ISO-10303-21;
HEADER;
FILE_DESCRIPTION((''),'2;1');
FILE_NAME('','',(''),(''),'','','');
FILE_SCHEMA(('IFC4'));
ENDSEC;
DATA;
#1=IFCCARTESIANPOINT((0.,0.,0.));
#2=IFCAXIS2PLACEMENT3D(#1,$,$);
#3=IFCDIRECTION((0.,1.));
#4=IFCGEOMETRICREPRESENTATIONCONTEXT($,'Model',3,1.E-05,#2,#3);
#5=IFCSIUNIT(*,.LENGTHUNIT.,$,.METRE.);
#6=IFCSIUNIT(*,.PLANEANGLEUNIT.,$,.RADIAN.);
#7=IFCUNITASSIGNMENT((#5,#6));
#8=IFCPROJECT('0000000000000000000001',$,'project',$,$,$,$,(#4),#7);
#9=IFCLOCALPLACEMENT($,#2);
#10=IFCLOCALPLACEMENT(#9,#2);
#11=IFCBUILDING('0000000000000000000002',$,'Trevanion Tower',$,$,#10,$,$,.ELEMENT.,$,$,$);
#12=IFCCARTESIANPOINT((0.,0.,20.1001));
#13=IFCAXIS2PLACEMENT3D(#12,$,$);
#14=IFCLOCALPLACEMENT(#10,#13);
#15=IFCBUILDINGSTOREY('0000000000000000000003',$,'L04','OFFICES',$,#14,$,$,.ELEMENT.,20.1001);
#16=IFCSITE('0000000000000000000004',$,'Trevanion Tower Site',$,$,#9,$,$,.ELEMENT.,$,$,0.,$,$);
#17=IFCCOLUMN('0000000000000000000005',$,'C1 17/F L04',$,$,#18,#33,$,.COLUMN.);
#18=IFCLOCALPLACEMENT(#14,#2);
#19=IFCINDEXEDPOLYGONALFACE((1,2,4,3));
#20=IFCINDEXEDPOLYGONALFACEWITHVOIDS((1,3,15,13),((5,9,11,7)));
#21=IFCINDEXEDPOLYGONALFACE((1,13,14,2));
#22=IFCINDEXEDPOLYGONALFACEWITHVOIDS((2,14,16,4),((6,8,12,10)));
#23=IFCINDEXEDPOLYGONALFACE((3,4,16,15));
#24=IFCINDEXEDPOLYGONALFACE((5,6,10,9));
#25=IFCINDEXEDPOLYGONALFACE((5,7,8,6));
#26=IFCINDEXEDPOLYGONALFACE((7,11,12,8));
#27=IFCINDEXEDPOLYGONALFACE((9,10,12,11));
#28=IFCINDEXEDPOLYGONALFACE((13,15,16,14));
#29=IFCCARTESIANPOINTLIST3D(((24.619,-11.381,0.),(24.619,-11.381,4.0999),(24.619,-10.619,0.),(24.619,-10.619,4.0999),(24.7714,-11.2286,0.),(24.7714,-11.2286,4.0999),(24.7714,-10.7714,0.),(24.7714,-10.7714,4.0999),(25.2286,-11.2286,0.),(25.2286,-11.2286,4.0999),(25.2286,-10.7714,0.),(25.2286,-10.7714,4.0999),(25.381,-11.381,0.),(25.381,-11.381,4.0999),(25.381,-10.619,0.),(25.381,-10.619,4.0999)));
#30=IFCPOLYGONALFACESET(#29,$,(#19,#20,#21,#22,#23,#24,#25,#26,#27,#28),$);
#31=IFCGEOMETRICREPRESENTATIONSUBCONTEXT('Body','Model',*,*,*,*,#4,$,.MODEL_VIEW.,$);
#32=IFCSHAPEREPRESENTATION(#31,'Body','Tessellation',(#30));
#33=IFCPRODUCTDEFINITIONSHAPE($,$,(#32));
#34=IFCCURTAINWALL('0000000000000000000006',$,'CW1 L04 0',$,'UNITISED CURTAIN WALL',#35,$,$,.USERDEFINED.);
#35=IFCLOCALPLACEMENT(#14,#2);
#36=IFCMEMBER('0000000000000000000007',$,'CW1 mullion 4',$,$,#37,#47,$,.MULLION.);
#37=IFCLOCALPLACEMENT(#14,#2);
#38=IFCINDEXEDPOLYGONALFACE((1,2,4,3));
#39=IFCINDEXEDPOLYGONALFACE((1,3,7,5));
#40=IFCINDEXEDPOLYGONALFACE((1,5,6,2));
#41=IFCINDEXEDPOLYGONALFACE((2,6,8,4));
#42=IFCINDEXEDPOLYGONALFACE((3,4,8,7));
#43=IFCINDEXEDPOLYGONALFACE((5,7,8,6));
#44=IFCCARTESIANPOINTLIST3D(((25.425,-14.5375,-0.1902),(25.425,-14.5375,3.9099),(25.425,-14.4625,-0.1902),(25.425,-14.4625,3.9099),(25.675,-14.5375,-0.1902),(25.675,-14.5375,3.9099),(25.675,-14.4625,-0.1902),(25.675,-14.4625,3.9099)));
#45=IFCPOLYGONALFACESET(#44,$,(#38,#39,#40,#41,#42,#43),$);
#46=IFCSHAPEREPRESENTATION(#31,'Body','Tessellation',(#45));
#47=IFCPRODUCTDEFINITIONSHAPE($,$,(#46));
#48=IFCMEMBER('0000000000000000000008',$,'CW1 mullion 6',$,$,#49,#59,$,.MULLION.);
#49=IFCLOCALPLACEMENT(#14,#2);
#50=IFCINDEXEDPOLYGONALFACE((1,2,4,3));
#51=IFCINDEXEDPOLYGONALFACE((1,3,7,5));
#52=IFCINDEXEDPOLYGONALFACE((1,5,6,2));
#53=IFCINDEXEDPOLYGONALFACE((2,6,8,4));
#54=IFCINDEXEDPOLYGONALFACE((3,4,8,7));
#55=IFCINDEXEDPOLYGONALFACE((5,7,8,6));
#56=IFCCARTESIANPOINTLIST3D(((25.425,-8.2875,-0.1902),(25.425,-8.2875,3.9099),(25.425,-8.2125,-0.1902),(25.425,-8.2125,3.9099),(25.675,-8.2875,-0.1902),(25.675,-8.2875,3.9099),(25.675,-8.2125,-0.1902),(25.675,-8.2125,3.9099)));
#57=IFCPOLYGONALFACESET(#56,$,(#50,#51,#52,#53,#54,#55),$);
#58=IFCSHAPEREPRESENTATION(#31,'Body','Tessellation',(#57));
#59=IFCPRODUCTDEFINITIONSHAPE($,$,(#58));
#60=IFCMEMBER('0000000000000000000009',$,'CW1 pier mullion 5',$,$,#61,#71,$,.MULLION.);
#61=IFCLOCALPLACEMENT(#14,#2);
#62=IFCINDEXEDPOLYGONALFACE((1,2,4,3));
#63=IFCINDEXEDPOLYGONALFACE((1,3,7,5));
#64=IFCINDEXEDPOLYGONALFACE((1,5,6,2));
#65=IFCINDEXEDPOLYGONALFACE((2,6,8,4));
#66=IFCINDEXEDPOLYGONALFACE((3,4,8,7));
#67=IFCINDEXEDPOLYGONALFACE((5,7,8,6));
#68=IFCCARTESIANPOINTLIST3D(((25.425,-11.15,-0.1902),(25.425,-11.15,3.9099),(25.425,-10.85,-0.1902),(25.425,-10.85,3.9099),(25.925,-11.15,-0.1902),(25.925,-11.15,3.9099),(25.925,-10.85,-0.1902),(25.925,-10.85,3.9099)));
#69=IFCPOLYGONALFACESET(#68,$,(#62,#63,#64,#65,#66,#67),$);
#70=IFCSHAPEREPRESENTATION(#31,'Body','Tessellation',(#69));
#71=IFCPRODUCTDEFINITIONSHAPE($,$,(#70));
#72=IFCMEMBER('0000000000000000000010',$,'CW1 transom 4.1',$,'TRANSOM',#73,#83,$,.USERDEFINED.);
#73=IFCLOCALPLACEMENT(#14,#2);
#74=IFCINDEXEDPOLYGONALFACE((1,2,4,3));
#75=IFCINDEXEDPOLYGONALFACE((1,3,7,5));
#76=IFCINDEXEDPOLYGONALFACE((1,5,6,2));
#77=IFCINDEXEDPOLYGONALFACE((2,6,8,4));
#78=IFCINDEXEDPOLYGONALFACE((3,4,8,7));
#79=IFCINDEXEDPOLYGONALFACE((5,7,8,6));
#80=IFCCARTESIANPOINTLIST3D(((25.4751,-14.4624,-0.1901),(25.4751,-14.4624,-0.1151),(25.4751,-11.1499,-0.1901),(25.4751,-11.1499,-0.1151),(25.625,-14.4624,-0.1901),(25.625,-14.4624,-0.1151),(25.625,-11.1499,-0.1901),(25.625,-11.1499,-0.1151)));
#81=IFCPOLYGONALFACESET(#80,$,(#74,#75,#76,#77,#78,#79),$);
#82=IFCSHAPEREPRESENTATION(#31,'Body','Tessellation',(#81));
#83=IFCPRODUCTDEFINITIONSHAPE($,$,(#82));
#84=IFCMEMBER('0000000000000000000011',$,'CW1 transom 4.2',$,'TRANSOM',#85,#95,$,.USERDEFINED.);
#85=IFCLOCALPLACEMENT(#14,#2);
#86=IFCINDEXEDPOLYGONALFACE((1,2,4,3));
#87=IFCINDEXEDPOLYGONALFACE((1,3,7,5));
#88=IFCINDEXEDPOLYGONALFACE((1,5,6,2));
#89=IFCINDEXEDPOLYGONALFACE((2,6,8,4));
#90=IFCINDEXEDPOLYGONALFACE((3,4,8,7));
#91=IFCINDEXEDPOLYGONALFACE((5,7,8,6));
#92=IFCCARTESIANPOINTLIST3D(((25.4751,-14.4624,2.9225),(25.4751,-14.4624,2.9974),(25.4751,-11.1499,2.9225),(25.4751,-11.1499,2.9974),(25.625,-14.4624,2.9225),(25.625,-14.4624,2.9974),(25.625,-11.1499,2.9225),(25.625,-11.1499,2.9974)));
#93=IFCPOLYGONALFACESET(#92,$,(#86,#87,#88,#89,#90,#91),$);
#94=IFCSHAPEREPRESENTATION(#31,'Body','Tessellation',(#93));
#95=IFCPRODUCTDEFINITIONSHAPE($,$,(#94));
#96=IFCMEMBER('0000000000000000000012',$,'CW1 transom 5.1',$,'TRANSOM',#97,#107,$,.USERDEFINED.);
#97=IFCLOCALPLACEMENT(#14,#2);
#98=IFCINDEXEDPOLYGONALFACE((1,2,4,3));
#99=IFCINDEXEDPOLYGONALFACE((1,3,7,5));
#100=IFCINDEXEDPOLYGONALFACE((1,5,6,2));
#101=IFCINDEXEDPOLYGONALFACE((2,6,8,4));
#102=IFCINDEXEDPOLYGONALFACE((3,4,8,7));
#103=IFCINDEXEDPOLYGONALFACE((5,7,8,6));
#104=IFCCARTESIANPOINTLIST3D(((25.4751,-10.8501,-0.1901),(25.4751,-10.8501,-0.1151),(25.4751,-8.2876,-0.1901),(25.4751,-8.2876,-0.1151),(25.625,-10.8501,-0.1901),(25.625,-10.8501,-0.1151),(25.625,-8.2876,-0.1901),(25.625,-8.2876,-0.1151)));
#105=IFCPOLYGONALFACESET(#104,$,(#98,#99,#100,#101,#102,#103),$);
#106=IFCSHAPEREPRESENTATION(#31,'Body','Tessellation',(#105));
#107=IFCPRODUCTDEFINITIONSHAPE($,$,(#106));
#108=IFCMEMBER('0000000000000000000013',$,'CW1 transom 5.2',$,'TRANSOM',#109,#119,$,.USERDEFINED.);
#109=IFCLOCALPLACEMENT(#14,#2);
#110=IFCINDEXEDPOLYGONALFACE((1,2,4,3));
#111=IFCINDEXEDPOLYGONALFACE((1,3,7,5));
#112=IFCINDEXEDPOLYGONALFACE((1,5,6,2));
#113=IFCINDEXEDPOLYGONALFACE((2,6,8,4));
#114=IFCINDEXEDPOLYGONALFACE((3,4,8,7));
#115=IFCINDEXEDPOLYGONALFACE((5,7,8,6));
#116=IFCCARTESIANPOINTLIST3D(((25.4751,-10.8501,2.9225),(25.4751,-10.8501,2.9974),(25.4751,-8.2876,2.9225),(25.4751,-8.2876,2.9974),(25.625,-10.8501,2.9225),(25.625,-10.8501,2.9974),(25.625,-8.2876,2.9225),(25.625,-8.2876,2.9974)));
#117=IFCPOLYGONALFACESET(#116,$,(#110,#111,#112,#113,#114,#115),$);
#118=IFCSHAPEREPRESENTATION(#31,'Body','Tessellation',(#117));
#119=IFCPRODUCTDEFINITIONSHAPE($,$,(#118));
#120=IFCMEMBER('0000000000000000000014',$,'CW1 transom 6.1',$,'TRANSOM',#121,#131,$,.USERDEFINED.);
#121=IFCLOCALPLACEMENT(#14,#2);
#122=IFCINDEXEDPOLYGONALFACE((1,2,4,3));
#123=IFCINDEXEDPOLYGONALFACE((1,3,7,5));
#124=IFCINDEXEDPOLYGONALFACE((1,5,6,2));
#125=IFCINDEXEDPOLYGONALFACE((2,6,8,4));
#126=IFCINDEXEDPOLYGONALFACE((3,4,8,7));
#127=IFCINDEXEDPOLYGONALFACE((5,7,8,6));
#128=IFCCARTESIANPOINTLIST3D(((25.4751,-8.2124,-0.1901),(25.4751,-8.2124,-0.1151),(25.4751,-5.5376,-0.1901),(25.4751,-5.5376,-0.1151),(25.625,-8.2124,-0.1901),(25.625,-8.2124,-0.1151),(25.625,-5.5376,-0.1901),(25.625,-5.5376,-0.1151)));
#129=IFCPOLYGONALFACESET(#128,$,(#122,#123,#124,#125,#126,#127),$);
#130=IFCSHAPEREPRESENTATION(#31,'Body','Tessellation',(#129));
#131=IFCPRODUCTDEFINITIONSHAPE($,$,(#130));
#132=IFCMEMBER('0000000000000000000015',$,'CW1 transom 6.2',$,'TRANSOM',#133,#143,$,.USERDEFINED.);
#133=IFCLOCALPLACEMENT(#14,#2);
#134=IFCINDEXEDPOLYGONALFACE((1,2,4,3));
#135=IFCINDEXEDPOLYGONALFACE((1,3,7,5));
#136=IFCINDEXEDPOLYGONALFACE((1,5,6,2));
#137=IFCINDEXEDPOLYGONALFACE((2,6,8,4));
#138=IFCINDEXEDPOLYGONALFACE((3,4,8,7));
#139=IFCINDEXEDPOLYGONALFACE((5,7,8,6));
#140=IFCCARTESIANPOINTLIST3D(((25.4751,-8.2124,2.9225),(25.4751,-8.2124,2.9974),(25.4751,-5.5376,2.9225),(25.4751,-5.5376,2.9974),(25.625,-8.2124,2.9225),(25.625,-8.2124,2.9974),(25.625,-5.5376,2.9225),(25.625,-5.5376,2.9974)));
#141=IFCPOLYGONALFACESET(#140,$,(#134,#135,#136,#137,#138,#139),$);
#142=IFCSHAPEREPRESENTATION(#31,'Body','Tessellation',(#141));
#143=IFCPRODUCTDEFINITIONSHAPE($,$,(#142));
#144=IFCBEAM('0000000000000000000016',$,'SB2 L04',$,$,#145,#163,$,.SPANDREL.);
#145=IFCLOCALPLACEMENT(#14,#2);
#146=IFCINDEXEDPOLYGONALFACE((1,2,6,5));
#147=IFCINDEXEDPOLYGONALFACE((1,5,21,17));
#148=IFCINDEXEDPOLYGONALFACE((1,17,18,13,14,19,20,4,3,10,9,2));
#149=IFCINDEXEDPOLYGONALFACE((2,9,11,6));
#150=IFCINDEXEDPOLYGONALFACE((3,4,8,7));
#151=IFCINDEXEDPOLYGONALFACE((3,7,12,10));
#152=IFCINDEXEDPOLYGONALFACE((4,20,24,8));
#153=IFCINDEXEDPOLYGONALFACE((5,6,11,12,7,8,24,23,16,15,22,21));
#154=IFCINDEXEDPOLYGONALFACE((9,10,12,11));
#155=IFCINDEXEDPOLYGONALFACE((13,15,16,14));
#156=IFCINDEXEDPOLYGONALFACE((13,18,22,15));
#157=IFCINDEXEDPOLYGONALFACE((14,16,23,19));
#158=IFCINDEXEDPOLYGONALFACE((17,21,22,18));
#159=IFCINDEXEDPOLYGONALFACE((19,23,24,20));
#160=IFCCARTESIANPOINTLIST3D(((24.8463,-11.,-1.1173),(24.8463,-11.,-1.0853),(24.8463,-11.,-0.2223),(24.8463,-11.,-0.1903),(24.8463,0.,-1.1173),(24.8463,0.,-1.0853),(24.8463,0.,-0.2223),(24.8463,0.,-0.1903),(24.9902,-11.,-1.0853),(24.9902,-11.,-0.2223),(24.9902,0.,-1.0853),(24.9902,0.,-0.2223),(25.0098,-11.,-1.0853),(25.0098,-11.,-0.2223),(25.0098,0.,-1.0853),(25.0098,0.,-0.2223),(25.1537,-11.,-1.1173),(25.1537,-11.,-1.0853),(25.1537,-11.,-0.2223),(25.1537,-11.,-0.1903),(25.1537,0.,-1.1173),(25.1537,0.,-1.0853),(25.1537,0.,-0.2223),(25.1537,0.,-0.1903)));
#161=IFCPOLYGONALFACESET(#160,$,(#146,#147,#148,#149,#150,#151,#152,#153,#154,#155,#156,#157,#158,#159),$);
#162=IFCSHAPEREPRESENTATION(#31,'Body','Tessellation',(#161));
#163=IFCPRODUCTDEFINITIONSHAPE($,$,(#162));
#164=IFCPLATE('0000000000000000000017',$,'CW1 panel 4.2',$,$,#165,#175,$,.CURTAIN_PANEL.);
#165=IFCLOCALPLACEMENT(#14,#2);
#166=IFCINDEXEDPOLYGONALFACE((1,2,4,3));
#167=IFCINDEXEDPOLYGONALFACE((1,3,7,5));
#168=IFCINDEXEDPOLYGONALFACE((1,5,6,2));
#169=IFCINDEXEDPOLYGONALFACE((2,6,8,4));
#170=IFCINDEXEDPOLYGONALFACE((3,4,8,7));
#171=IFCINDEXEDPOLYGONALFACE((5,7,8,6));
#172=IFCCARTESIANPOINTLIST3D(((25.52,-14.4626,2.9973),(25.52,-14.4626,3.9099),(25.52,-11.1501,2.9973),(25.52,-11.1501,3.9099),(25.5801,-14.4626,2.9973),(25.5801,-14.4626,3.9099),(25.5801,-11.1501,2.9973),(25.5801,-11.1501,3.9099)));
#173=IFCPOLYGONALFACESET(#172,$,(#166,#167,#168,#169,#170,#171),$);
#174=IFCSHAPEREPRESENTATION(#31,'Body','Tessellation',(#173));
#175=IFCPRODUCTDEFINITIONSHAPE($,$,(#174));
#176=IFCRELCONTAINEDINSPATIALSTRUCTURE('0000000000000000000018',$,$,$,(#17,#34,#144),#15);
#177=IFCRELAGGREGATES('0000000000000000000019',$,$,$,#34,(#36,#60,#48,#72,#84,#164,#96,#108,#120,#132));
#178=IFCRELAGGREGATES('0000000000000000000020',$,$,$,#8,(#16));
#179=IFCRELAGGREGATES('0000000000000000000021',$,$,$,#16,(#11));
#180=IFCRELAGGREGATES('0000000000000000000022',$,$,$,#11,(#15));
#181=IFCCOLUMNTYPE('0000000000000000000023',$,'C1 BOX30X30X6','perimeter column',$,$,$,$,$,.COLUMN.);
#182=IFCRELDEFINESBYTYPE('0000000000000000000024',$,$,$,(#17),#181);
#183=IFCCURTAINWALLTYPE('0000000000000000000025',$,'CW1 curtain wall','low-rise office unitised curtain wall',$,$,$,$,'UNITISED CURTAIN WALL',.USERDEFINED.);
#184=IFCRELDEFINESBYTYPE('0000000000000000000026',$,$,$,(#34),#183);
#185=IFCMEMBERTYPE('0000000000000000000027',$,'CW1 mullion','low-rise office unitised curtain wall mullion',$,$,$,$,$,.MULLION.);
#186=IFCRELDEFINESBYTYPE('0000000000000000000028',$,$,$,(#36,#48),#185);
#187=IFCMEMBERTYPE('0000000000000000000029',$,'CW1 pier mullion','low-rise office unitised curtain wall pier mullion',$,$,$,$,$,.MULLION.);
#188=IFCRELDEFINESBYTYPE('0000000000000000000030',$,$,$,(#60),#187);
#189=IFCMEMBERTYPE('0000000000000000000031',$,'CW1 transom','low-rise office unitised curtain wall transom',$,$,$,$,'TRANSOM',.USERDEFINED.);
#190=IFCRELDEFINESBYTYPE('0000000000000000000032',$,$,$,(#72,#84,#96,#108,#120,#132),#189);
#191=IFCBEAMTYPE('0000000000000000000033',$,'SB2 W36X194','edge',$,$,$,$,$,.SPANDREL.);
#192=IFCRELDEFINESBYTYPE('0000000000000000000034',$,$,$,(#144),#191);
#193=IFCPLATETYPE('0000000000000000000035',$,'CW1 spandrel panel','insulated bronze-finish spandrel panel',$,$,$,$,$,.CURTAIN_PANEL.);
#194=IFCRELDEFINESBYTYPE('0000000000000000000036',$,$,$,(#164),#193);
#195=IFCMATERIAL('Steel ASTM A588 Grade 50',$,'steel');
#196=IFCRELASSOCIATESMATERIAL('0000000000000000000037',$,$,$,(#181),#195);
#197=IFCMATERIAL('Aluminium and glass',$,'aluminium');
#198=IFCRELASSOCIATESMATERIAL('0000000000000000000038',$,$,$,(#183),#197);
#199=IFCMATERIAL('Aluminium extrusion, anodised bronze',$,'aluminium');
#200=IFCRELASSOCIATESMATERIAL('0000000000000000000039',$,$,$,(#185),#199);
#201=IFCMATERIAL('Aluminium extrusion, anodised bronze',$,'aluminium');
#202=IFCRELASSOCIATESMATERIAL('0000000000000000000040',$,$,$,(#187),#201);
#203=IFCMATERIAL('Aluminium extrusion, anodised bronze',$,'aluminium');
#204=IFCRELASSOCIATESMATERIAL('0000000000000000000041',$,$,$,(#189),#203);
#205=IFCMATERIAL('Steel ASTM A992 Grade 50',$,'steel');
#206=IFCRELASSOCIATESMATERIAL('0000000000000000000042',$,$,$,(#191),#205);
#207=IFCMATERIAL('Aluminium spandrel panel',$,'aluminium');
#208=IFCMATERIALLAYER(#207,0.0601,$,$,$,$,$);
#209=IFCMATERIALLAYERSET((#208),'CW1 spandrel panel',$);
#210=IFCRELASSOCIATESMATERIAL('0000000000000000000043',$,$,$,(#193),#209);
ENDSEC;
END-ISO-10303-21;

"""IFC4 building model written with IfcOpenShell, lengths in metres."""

from ifc_helpers import new_model, si_unit, direction, frame, origin, origin_2d, place, context, subcontext, project, spatial, rectangle, hollow_rectangle, i_section, extrude, material, layer, layer_set, material_profile, profile_set, type_object, element, aggregate, save


model = new_model("IFC4")

# Units and contexts
model_context = context("Model", 3, precision=1e-05, world=origin(), true_north=direction((0.0, 1.0)))
body_context = subcontext(model_context, "Body", "Model", "MODEL_VIEW")
ifc_project = project(units=[si_unit("LENGTHUNIT", "METRE"), si_unit("PLANEANGLEUNIT", "RADIAN")], contexts=[model_context])

# Site, building, storey
site_placement = place(None, origin())
site = spatial("IfcSite", under=ifc_project, at=site_placement, Name="Trevanion Tower Site", CompositionType="ELEMENT", RefElevation=0.0)
building_placement = place(site_placement, origin())
building = spatial("IfcBuilding", under=site, at=building_placement, Name="Trevanion Tower", CompositionType="ELEMENT")
storey_placement = place(building_placement, frame((0.0, 0.0, 20.1001)))
storey = spatial("IfcBuildingStorey", under=building, at=storey_placement, Name="L04", Description="OFFICES", CompositionType="ELEMENT", Elevation=20.1001)

# Column
ifc_material_1 = material(Name="Steel ASTM A588 Grade 50", Category="steel")
ifc_material_profile_1 = material_profile(ifc_material_1, hollow_rectangle(XDim=0.762, YDim=0.762, WallThickness=0.1523, at=origin_2d()), Name="BOX30X30X6")
ifc_profile_set_1 = profile_set([ifc_material_profile_1], Name="Steel ASTM A588 Grade 50")
column_type = type_object("IfcColumnType", Name="C1 BOX30X30X6", Description="perimeter column", PredefinedType="COLUMN", material=ifc_profile_set_1)
column_placement = place(storey_placement, frame((25.0, -11.0, 0.0), z_axis=(0.0, 0.0, 1.0), x_axis=(0.0, 1.0, 0.0)))
element("IfcColumn", 1, at=column_placement, inside=storey, type_object=column_type, Name="C1 17/F L04", PredefinedType="COLUMN", context=body_context, shape_type="SweptSolid", body=[
    extrude(hollow_rectangle(XDim=0.762, YDim=0.762, WallThickness=0.1523, at=origin_2d()), origin(), (0.0, 0.0, 1.0), 4.0999),
])

# Curtain wall, members
ifc_material_2 = material(Name="Aluminium and glass", Category="aluminium")
curtain_wall_type = type_object("IfcCurtainWallType", Name="CW1 curtain wall", Description="low-rise office unitised curtain wall", ElementType="UNITISED CURTAIN WALL", PredefinedType="USERDEFINED", material=ifc_material_2)
curtain_wall_placement = place(storey_placement, origin())
curtain_wall = element("IfcCurtainWall", 2, at=curtain_wall_placement, inside=storey, type_object=curtain_wall_type, Name="CW1 L04 0", ObjectType="UNITISED CURTAIN WALL", PredefinedType="USERDEFINED")
ifc_material_3 = material(Name="Aluminium extrusion, anodised bronze", Category="aluminium")
ifc_material_profile_2 = material_profile(ifc_material_3, rectangle(XDim=0.075, YDim=0.25, at=origin_2d()), Name="CW1 mullion")
ifc_profile_set_2 = profile_set([ifc_material_profile_2], Name="Aluminium extrusion, anodised bronze")
member_type_1 = type_object("IfcMemberType", Name="CW1 mullion", Description="low-rise office unitised curtain wall mullion", PredefinedType="MULLION", material=ifc_profile_set_2)
member_1_placement = place(storey_placement, frame((25.55, -14.5, -0.1902), z_axis=(0.0, 0.0, 1.0), x_axis=(0.0, 1.0, 0.0)))
member_1 = element("IfcMember", 3, at=member_1_placement, type_object=member_type_1, Name="CW1 mullion 4", PredefinedType="MULLION", context=body_context, shape_type="SweptSolid", body=[
    extrude(rectangle(XDim=0.075, YDim=0.25, at=origin_2d()), origin(), (0.0, 0.0, 1.0), 4.1001),
])
member_2_placement = place(storey_placement, frame((25.55, -8.25, -0.1902), z_axis=(0.0, 0.0, 1.0), x_axis=(0.0, 1.0, 0.0)))
member_2 = element("IfcMember", 4, at=member_2_placement, type_object=member_type_1, Name="CW1 mullion 6", PredefinedType="MULLION", context=body_context, shape_type="SweptSolid", body=[
    extrude(rectangle(XDim=0.075, YDim=0.25, at=origin_2d()), origin(), (0.0, 0.0, 1.0), 4.1001),
])
ifc_material_4 = material(Name="Aluminium extrusion, anodised bronze", Category="aluminium")
ifc_material_profile_3 = material_profile(ifc_material_4, rectangle(XDim=0.3, YDim=0.5, at=origin_2d()), Name="CW1 pier mullion")
ifc_profile_set_3 = profile_set([ifc_material_profile_3], Name="Aluminium extrusion, anodised bronze")
member_type_2 = type_object("IfcMemberType", Name="CW1 pier mullion", Description="low-rise office unitised curtain wall pier mullion", PredefinedType="MULLION", material=ifc_profile_set_3)
member_3_placement = place(storey_placement, frame((25.675, -11.0, -0.1902), z_axis=(0.0, 0.0, 1.0), x_axis=(0.0, 1.0, 0.0)))
member_3 = element("IfcMember", 5, at=member_3_placement, type_object=member_type_2, Name="CW1 pier mullion 5", PredefinedType="MULLION", context=body_context, shape_type="SweptSolid", body=[
    extrude(rectangle(XDim=0.3, YDim=0.5, at=origin_2d()), origin(), (0.0, 0.0, 1.0), 4.1001),
])
ifc_material_5 = material(Name="Aluminium extrusion, anodised bronze", Category="aluminium")
ifc_material_profile_4 = material_profile(ifc_material_5, rectangle(XDim=0.1499, YDim=0.075, at=origin_2d()), Name="CW1 transom")
ifc_profile_set_4 = profile_set([ifc_material_profile_4], Name="Aluminium extrusion, anodised bronze")
member_type_3 = type_object("IfcMemberType", Name="CW1 transom", Description="low-rise office unitised curtain wall transom", ElementType="TRANSOM", PredefinedType="USERDEFINED", material=ifc_profile_set_4)
member_4_placement = place(storey_placement, frame((25.55, -14.4624, -0.1526), z_axis=(0.0, 1.0, 0.0), x_axis=(-1.0, 0.0, 0.0)))
member_4 = element("IfcMember", 6, at=member_4_placement, type_object=member_type_3, Name="CW1 transom 4.1", ObjectType="TRANSOM", PredefinedType="USERDEFINED", context=body_context, shape_type="SweptSolid", body=[
    extrude(rectangle(XDim=0.1499, YDim=0.075, at=origin_2d()), origin(), (0.0, 0.0, 1.0), 3.3125),
])
member_5_placement = place(storey_placement, frame((25.55, -14.4624, 2.96), z_axis=(0.0, 1.0, 0.0), x_axis=(-1.0, 0.0, 0.0)))
member_5 = element("IfcMember", 7, at=member_5_placement, type_object=member_type_3, Name="CW1 transom 4.2", ObjectType="TRANSOM", PredefinedType="USERDEFINED", context=body_context, shape_type="SweptSolid", body=[
    extrude(rectangle(XDim=0.1499, YDim=0.075, at=origin_2d()), origin(), (0.0, 0.0, 1.0), 3.3125),
])
member_6_placement = place(storey_placement, frame((25.55, -10.8501, -0.1526), z_axis=(0.0, 1.0, 0.0), x_axis=(-1.0, 0.0, 0.0)))
member_6 = element("IfcMember", 8, at=member_6_placement, type_object=member_type_3, Name="CW1 transom 5.1", ObjectType="TRANSOM", PredefinedType="USERDEFINED", context=body_context, shape_type="SweptSolid", body=[
    extrude(rectangle(XDim=0.1499, YDim=0.075, at=origin_2d()), origin(), (0.0, 0.0, 1.0), 2.5625),
])
member_7_placement = place(storey_placement, frame((25.55, -10.8501, 2.96), z_axis=(0.0, 1.0, 0.0), x_axis=(-1.0, 0.0, 0.0)))
member_7 = element("IfcMember", 9, at=member_7_placement, type_object=member_type_3, Name="CW1 transom 5.2", ObjectType="TRANSOM", PredefinedType="USERDEFINED", context=body_context, shape_type="SweptSolid", body=[
    extrude(rectangle(XDim=0.1499, YDim=0.075, at=origin_2d()), origin(), (0.0, 0.0, 1.0), 2.5625),
])
member_8_placement = place(storey_placement, frame((25.55, -8.2124, -0.1526), z_axis=(0.0, 1.0, 0.0), x_axis=(-1.0, 0.0, 0.0)))
member_8 = element("IfcMember", 10, at=member_8_placement, type_object=member_type_3, Name="CW1 transom 6.1", ObjectType="TRANSOM", PredefinedType="USERDEFINED", context=body_context, shape_type="SweptSolid", body=[
    extrude(rectangle(XDim=0.1499, YDim=0.075, at=origin_2d()), origin(), (0.0, 0.0, 1.0), 2.6748),
])
member_9_placement = place(storey_placement, frame((25.55, -8.2124, 2.96), z_axis=(0.0, 1.0, 0.0), x_axis=(-1.0, 0.0, 0.0)))
member_9 = element("IfcMember", 11, at=member_9_placement, type_object=member_type_3, Name="CW1 transom 6.2", ObjectType="TRANSOM", PredefinedType="USERDEFINED", context=body_context, shape_type="SweptSolid", body=[
    extrude(rectangle(XDim=0.1499, YDim=0.075, at=origin_2d()), origin(), (0.0, 0.0, 1.0), 2.6748),
])

# Beam
ifc_material_6 = material(Name="Steel ASTM A992 Grade 50", Category="steel")
ifc_material_profile_5 = material_profile(ifc_material_6, i_section(OverallWidth=0.3074, OverallDepth=0.927, WebThickness=0.0195, FlangeThickness=0.032, at=origin_2d()), Name="W36X194")
ifc_profile_set_5 = profile_set([ifc_material_profile_5], Name="Steel ASTM A992 Grade 50")
beam_type = type_object("IfcBeamType", Name="SB2 W36X194", Description="edge", PredefinedType="SPANDREL", material=ifc_profile_set_5)
beam_placement = place(storey_placement, frame((25.0, -11.0, -0.6538), z_axis=(0.0, 1.0, 0.0), x_axis=(-1.0, 0.0, 0.0)))
element("IfcBeam", 12, at=beam_placement, inside=storey, type_object=beam_type, Name="SB2 L04", PredefinedType="SPANDREL", context=body_context, shape_type="SweptSolid", body=[
    extrude(i_section(OverallWidth=0.3074, OverallDepth=0.927, WebThickness=0.0195, FlangeThickness=0.032, at=origin_2d()), origin(), (0.0, 0.0, 1.0), 11.0),
])

# Plate
ifc_material_7 = material(Name="Aluminium spandrel panel", Category="aluminium")
ifc_layer_1 = layer(ifc_material_7, 0.0601)
ifc_layer_set_1 = layer_set([ifc_layer_1], Name="CW1 spandrel panel")
plate_type_1 = type_object("IfcPlateType", Name="CW1 spandrel panel", Description="insulated bronze-finish spandrel panel", PredefinedType="CURTAIN_PANEL", material=ifc_layer_set_1)
plate_1_placement = place(storey_placement, frame((25.55, -12.8064, 2.9973), z_axis=(0.0, 0.0, 1.0), x_axis=(0.0, 1.0, 0.0)))
plate_1 = element("IfcPlate", 13, at=plate_1_placement, type_object=plate_type_1, Name="CW1 panel 4.2", PredefinedType="CURTAIN_PANEL", context=body_context, shape_type="SweptSolid", body=[
    extrude(rectangle(XDim=3.3125, YDim=0.0601, at=origin_2d()), origin(), (0.0, 0.0, 1.0), 0.9126),
])
aggregate(curtain_wall, [member_1, member_3, member_2, member_4, member_5, plate_1, member_6, member_7, member_8, member_9])

save(model, "model.ifc")
